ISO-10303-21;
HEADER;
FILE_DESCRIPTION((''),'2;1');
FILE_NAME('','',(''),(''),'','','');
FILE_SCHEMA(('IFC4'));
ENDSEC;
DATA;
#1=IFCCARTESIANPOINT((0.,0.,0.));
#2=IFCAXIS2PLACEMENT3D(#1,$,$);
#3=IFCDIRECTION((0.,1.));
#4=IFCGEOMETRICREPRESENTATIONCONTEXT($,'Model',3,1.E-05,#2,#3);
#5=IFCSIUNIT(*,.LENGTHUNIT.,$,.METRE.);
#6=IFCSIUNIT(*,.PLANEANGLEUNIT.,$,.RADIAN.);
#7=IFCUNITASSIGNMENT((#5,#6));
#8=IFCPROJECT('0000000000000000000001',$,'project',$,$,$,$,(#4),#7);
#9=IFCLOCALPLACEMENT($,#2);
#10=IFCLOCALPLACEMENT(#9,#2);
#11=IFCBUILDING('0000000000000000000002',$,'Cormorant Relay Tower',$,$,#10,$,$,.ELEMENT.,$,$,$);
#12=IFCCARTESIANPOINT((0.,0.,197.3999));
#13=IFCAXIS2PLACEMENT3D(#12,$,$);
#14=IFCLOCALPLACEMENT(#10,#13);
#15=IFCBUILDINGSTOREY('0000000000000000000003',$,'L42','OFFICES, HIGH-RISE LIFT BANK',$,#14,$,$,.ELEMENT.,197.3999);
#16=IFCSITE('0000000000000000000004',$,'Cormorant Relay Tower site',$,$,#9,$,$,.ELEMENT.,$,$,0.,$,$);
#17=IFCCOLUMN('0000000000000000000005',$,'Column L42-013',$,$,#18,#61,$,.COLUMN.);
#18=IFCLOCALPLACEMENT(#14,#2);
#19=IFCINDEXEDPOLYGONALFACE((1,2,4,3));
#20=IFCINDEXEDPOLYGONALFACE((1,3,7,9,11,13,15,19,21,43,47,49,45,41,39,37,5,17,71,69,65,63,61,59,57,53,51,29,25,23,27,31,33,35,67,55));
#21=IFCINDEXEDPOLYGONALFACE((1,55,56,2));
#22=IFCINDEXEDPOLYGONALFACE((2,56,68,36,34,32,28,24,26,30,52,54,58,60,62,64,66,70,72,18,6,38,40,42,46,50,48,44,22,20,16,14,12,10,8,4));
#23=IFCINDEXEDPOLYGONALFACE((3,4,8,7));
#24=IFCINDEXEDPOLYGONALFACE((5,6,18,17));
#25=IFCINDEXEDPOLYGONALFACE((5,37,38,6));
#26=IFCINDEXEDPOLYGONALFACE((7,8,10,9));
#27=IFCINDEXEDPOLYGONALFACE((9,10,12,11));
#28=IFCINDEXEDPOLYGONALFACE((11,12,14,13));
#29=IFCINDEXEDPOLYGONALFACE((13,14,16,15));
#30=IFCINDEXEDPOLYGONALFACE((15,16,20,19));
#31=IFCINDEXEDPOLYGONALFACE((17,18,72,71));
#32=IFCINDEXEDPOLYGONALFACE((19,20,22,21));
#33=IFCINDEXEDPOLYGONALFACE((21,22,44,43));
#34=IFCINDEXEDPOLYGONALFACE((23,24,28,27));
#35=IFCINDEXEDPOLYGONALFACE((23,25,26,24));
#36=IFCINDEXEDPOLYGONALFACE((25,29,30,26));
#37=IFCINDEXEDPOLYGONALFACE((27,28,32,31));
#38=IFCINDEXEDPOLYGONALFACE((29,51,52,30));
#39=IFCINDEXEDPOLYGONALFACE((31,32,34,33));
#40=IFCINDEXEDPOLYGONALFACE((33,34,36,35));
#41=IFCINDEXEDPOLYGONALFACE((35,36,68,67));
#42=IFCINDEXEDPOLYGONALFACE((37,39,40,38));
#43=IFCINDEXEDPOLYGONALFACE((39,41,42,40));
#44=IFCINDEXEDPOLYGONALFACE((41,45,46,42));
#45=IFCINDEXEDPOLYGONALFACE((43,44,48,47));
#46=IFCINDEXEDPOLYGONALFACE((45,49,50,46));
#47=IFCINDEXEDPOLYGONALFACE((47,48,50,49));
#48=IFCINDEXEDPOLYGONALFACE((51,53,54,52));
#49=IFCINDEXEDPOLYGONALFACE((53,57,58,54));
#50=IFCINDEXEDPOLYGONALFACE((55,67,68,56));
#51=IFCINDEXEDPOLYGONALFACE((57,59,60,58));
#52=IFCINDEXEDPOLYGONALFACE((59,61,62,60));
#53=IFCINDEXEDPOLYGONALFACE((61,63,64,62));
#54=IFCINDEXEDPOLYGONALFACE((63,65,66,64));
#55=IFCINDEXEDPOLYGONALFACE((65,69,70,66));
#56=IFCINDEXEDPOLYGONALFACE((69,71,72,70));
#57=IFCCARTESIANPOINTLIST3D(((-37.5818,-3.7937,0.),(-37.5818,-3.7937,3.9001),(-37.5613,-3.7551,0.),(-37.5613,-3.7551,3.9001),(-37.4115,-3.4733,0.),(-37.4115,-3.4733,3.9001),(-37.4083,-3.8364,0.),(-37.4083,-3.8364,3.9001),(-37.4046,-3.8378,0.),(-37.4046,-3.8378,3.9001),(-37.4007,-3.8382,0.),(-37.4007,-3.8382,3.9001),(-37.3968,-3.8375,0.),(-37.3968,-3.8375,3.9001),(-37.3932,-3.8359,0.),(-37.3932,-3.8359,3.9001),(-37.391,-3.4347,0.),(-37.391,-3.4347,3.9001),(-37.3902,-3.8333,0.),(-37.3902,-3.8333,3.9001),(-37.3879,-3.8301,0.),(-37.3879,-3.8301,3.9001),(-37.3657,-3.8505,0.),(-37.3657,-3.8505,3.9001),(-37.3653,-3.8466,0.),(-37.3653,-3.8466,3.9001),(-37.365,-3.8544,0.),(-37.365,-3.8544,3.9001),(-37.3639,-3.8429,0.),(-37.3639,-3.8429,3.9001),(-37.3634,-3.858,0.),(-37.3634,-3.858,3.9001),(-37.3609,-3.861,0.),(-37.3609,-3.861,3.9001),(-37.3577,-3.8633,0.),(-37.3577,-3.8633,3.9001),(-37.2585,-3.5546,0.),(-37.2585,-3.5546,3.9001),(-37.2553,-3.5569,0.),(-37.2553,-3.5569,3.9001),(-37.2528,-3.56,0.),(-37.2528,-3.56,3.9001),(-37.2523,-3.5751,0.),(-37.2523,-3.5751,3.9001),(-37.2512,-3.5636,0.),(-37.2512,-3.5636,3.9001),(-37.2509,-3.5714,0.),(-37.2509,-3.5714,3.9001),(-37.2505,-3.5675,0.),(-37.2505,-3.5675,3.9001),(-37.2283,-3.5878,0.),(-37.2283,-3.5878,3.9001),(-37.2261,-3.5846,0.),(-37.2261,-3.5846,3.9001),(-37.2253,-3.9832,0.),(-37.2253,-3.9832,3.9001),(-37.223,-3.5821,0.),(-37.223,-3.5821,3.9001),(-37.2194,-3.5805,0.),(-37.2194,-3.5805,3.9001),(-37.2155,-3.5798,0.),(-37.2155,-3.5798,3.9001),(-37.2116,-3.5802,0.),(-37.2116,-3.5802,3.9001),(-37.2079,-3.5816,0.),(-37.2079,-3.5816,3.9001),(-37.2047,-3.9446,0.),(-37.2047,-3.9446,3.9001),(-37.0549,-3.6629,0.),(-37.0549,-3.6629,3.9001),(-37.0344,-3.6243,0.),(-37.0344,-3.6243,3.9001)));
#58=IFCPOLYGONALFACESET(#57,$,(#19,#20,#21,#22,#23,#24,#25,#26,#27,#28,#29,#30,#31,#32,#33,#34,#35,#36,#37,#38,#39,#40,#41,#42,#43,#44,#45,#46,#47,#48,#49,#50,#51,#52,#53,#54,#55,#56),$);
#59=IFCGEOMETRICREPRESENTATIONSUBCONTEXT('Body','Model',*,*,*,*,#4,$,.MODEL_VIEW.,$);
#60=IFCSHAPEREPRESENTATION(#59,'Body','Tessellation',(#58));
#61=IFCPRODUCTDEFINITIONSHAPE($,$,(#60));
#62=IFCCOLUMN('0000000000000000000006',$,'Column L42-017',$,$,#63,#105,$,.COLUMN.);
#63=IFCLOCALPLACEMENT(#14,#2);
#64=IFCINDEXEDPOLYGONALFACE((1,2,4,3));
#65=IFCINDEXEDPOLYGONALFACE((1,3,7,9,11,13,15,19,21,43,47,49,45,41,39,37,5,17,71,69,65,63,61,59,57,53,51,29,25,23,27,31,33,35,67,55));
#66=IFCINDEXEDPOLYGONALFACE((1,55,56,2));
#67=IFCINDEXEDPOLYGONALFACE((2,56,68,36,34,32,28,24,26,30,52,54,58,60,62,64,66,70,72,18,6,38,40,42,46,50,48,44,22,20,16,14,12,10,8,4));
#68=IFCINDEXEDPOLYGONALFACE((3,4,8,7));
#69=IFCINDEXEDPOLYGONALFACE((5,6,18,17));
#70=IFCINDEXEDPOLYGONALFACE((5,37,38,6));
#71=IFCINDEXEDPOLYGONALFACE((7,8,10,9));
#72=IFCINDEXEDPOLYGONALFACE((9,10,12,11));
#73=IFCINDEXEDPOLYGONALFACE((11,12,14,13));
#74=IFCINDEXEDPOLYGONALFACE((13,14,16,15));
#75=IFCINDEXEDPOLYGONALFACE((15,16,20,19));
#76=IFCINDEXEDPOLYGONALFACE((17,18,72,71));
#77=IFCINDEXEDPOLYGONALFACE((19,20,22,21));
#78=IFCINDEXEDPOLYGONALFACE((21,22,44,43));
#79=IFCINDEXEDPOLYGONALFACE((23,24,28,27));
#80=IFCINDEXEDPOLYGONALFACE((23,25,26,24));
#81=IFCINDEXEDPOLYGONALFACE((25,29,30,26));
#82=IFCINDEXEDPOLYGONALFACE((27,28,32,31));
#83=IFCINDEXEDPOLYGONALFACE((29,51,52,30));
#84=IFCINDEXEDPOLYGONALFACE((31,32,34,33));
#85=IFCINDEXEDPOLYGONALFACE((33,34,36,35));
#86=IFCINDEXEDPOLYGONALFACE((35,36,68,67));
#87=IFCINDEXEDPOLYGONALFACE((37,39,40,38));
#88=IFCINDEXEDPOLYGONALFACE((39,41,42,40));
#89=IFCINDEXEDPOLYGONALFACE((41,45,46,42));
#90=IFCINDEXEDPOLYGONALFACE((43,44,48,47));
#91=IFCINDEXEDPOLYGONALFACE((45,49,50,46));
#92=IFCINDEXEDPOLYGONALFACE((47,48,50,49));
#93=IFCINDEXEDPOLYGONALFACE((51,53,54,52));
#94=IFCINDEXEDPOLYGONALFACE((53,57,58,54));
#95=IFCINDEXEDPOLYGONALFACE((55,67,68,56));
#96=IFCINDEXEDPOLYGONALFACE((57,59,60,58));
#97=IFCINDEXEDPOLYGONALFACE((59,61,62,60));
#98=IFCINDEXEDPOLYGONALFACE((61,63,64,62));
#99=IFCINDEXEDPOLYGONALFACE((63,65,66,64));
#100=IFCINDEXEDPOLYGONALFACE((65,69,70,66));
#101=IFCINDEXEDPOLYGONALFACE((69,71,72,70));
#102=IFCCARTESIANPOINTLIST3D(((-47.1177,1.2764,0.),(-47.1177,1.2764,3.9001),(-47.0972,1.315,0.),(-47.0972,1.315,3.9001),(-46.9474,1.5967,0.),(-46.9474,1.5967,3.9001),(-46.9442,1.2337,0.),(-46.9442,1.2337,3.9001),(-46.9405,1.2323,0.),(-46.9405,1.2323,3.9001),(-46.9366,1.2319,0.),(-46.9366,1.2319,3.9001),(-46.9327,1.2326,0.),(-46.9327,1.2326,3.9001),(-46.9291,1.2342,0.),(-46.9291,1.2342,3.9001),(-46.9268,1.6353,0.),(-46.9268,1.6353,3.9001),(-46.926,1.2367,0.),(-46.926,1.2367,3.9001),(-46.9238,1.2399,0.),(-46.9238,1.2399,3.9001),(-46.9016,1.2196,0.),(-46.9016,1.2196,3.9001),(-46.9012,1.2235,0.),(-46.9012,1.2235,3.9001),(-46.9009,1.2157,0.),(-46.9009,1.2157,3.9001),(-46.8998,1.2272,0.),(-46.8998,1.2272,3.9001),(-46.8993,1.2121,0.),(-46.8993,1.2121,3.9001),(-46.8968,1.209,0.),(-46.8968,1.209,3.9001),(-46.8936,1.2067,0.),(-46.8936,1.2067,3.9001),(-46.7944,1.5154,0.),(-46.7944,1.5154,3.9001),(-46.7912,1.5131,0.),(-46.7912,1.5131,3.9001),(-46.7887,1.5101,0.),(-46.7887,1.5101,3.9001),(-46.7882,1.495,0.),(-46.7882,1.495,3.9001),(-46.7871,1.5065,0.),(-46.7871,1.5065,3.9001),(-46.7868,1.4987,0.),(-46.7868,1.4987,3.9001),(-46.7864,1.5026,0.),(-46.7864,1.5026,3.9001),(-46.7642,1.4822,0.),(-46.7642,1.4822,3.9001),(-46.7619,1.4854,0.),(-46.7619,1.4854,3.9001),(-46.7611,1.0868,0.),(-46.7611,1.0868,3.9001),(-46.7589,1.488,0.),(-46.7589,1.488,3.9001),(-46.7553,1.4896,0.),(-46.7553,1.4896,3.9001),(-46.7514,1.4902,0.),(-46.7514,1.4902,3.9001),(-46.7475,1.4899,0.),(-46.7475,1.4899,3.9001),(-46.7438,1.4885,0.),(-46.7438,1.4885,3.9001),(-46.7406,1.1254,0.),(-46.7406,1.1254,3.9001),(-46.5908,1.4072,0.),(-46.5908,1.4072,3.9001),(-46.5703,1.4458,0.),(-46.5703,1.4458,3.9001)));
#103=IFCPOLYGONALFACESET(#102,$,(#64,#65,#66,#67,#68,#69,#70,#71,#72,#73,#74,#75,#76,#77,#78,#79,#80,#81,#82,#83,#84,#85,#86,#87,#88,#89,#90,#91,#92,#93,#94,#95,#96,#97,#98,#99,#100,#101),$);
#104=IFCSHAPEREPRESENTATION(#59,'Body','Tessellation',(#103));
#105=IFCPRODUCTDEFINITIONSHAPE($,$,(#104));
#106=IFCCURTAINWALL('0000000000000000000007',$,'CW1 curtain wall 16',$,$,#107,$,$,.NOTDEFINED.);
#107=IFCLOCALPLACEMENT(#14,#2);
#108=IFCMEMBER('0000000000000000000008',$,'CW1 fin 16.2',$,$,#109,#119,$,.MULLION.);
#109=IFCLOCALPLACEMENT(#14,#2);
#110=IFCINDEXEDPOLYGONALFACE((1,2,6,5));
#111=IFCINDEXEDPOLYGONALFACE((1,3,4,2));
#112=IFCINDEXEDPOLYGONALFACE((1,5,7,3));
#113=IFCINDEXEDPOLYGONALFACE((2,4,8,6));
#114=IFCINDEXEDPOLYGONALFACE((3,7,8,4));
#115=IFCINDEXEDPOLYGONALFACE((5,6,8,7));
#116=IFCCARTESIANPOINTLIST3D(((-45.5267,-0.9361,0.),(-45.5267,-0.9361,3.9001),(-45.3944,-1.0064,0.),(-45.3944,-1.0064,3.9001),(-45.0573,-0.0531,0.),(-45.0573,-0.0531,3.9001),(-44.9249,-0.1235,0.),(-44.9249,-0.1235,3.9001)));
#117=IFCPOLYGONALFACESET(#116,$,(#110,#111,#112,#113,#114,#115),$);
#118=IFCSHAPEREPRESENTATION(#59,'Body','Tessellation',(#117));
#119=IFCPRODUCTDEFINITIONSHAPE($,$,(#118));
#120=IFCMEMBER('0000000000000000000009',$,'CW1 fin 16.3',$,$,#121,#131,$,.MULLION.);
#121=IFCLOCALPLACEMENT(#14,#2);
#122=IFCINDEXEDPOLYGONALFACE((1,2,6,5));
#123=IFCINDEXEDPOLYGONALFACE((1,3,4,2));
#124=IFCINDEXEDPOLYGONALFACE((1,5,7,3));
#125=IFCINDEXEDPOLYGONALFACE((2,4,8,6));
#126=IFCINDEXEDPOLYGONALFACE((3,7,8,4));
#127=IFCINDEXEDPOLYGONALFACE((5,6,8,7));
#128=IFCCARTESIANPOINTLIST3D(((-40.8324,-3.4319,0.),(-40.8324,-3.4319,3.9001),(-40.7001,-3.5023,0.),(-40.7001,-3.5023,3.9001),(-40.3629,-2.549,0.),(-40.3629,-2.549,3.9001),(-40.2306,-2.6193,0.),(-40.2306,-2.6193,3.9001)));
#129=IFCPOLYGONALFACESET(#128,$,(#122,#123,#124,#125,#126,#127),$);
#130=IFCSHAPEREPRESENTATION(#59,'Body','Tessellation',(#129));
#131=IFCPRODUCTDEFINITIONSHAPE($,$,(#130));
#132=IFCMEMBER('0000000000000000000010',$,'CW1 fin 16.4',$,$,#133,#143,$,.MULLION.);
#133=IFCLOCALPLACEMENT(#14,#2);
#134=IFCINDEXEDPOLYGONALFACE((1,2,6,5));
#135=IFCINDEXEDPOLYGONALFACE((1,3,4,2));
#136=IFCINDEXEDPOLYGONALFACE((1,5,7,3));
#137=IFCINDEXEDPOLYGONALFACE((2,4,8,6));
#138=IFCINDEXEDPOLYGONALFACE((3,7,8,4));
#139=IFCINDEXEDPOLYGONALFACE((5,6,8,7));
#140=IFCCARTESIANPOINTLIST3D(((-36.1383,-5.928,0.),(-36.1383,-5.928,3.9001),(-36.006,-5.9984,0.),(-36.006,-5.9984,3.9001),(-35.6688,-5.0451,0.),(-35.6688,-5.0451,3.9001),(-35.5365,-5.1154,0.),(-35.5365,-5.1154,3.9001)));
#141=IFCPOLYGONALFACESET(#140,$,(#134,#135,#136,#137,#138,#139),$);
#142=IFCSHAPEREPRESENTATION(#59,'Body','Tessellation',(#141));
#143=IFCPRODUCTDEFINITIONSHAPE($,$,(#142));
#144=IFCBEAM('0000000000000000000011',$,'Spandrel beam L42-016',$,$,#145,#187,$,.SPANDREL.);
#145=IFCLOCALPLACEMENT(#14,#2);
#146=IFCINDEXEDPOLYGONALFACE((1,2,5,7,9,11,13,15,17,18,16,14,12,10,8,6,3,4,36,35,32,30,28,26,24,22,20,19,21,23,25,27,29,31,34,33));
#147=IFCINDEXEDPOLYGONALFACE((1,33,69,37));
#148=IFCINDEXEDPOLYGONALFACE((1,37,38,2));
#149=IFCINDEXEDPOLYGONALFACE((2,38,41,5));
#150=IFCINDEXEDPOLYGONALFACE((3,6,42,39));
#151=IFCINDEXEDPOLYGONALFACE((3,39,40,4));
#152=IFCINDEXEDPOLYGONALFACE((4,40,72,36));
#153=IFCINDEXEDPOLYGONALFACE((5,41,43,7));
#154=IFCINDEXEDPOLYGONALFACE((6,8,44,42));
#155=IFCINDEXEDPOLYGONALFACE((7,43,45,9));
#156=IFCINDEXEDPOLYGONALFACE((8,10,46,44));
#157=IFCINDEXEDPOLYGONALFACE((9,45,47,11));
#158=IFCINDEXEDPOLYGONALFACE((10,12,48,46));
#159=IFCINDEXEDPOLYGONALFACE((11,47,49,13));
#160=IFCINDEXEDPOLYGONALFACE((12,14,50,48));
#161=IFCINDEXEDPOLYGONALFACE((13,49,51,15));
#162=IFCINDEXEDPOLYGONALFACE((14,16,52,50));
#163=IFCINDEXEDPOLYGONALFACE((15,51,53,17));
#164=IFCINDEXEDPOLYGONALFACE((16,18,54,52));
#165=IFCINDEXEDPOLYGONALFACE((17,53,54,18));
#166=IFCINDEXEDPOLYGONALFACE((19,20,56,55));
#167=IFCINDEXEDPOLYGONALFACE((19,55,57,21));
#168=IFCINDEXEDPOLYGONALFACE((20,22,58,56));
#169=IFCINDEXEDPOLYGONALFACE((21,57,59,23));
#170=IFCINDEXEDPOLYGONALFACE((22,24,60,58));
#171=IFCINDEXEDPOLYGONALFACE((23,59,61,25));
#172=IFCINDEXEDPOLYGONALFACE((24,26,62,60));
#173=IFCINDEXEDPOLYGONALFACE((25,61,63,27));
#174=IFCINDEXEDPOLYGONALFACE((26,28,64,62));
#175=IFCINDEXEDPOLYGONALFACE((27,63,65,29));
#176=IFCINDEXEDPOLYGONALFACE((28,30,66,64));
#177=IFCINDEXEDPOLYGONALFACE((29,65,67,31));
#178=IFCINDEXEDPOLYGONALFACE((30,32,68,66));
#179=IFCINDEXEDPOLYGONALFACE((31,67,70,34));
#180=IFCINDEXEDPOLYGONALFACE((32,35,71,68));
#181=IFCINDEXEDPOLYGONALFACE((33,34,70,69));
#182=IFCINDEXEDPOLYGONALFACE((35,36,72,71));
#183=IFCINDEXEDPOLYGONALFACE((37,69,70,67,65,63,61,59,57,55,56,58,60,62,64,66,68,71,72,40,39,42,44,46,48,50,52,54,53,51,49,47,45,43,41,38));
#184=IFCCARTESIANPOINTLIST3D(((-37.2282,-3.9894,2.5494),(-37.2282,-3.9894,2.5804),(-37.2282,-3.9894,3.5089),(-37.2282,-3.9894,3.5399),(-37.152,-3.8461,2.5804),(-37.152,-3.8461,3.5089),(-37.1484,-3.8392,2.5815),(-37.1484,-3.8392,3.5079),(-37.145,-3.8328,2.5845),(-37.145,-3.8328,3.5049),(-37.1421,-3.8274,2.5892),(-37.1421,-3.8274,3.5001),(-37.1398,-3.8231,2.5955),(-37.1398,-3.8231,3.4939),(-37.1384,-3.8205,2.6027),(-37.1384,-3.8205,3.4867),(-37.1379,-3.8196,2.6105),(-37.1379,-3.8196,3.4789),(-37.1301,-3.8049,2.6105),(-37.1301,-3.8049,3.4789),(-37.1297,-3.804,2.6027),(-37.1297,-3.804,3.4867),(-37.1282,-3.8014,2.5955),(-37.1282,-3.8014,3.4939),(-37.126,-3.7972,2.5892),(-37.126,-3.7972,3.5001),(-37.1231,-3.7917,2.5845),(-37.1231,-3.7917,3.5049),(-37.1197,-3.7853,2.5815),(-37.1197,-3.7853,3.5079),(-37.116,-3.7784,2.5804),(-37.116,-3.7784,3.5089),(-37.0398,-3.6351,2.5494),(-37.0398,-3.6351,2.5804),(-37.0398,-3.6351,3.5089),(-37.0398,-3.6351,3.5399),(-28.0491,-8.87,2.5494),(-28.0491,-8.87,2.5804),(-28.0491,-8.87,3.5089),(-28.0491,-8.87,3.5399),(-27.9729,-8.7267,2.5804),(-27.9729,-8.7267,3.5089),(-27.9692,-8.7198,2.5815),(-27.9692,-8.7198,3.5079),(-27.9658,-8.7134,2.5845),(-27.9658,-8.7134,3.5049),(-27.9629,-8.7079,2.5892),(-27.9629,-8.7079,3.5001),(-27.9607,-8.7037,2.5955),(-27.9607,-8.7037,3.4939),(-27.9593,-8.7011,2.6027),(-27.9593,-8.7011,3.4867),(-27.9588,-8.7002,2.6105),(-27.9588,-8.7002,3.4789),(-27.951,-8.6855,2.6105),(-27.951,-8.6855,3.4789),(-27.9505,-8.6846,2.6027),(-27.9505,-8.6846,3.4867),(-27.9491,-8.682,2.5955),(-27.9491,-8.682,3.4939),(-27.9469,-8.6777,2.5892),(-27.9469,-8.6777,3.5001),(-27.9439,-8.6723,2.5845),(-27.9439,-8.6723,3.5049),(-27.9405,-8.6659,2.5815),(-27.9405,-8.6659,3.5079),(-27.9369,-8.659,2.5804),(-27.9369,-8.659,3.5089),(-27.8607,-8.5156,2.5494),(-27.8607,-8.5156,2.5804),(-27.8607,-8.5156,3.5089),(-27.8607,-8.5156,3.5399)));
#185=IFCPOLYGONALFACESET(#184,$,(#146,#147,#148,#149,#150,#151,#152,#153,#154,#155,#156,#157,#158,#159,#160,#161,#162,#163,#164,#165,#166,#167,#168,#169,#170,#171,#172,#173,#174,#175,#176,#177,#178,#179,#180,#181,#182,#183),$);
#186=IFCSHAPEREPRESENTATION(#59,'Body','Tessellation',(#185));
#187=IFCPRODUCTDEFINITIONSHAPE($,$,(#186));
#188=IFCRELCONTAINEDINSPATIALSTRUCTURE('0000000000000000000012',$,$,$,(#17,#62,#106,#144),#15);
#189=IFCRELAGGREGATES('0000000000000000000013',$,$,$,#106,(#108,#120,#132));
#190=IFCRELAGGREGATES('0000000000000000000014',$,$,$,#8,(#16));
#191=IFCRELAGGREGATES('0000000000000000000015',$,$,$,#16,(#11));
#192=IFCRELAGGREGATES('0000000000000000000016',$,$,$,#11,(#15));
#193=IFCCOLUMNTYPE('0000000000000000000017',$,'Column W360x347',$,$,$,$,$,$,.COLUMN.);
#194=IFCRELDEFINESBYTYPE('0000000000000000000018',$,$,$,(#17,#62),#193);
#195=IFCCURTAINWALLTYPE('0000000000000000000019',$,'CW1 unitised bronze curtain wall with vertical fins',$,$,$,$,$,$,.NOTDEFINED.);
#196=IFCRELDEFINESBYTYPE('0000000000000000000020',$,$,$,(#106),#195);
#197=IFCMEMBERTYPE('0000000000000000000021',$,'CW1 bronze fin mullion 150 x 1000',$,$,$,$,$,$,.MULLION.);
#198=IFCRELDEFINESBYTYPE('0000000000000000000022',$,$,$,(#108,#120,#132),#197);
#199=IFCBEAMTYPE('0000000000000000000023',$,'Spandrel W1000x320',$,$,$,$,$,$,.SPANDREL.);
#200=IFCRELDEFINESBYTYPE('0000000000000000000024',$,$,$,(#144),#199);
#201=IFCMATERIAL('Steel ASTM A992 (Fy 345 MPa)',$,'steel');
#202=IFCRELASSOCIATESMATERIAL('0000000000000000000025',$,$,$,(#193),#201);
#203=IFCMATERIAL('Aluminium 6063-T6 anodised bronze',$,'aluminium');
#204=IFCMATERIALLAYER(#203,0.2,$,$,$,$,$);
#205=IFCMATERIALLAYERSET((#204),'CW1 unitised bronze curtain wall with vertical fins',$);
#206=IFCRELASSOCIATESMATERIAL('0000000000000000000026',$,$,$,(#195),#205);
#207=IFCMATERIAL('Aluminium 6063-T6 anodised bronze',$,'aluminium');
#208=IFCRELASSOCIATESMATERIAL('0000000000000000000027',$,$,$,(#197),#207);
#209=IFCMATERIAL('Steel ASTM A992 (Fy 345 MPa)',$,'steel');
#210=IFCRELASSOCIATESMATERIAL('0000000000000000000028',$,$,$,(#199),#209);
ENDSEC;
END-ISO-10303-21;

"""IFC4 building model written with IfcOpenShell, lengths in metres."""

from ifc_helpers import new_model, si_unit, direction, frame, origin, origin_2d, place, context, subcontext, project, spatial, rectangle, i_section, extrude, material, layer, layer_set, material_profile, profile_set, type_object, element, aggregate, save


model = new_model("IFC4")

# Units and contexts
model_context = context("Model", 3, precision=1e-05, world=origin(), true_north=direction((0.0, 1.0)))
body_context = subcontext(model_context, "Body", "Model", "MODEL_VIEW")
ifc_project = project(units=[si_unit("LENGTHUNIT", "METRE"), si_unit("PLANEANGLEUNIT", "RADIAN")], contexts=[model_context])

# Site, building, storey
site_placement = place(None, origin())
site = spatial("IfcSite", under=ifc_project, at=site_placement, Name="Cormorant Relay Tower site", CompositionType="ELEMENT", RefElevation=0.0)
building_placement = place(site_placement, origin())
building = spatial("IfcBuilding", under=site, at=building_placement, Name="Cormorant Relay Tower", CompositionType="ELEMENT")
storey_placement = place(building_placement, frame((0.0, 0.0, 197.3999)))
storey = spatial("IfcBuildingStorey", under=building, at=storey_placement, Name="L42", Description="OFFICES, HIGH-RISE LIFT BANK", CompositionType="ELEMENT", Elevation=197.3999)

# Columns
ifc_material_1 = material(Name="Steel ASTM A992 (Fy 345 MPa)", Category="steel")
ifc_material_profile_1 = material_profile(ifc_material_1, i_section(OverallWidth=0.4038, OverallDepth=0.4065, WebThickness=0.0271, FlangeThickness=0.0437, FilletRadius=0.0151, at=origin_2d()), Name="W360x347")
ifc_profile_set_1 = profile_set([ifc_material_profile_1], Name="Steel ASTM A992 (Fy 345 MPa)")
column_type = type_object("IfcColumnType", Name="Column W360x347", PredefinedType="COLUMN", material=ifc_profile_set_1)
for number, where, z_axis, x_axis, name in (
    (1, (-37.3081, -3.709, 0.0), (0.0, 0.0, 1.0), (0.882948, -0.469472, 0.0), "Column L42-013"),
    (2, (-46.844, 1.3611, 0.0), (0.0, 0.0, 1.0), (0.882948, -0.469472, 0.0), "Column L42-017"),
):
    element("IfcColumn", number, at=place(storey_placement, frame(where, z_axis=z_axis, x_axis=x_axis)), inside=storey, type_object=column_type, Name=name, PredefinedType="COLUMN", context=body_context, shape_type="SweptSolid", body=[
        extrude(i_section(OverallWidth=0.4038, OverallDepth=0.4065, WebThickness=0.0271, FlangeThickness=0.0437, FilletRadius=0.0151, at=origin_2d()), origin(), (0.0, 0.0, 1.0), 3.9001),
    ])

# Curtain wall, members
ifc_material_2 = material(Name="Aluminium 6063-T6 anodised bronze", Category="aluminium")
ifc_layer_1 = layer(ifc_material_2, 0.2)
ifc_layer_set_1 = layer_set([ifc_layer_1], Name="CW1 unitised bronze curtain wall with vertical fins")
curtain_wall_type = type_object("IfcCurtainWallType", Name="CW1 unitised bronze curtain wall with vertical fins", PredefinedType="NOTDEFINED", material=ifc_layer_set_1)
curtain_wall_placement = place(storey_placement, origin())
curtain_wall = element("IfcCurtainWall", 3, at=curtain_wall_placement, inside=storey, type_object=curtain_wall_type, Name="CW1 curtain wall 16", PredefinedType="NOTDEFINED")
ifc_material_3 = material(Name="Aluminium 6063-T6 anodised bronze", Category="aluminium")
ifc_material_profile_2 = material_profile(ifc_material_3, rectangle(XDim=0.1499, YDim=1.0, at=origin_2d()), Name="AL 150x1000")
ifc_profile_set_2 = profile_set([ifc_material_profile_2], Name="Aluminium 6063-T6 anodised bronze")
member_type = type_object("IfcMemberType", Name="CW1 bronze fin mullion 150 x 1000", PredefinedType="MULLION", material=ifc_profile_set_2)
member_1_placement = place(storey_placement, frame((-45.2258, -0.5298, 0.0), z_axis=(0.0, 0.0, 1.0), x_axis=(0.882948, -0.469472, 0.0)))
member_1 = element("IfcMember", 4, at=member_1_placement, type_object=member_type, Name="CW1 fin 16.2", PredefinedType="MULLION", context=body_context, shape_type="SweptSolid", body=[
    extrude(rectangle(XDim=0.1499, YDim=1.0, at=origin_2d()), origin(), (0.0, 0.0, 1.0), 3.9001),
])
member_2_placement = place(storey_placement, frame((-40.5315, -3.0256, 0.0), z_axis=(0.0, 0.0, 1.0), x_axis=(0.882948, -0.469472, 0.0)))
member_2 = element("IfcMember", 5, at=member_2_placement, type_object=member_type, Name="CW1 fin 16.3", PredefinedType="MULLION", context=body_context, shape_type="SweptSolid", body=[
    extrude(rectangle(XDim=0.1499, YDim=1.0, at=origin_2d()), origin(), (0.0, 0.0, 1.0), 3.9001),
])
member_3_placement = place(storey_placement, frame((-35.8374, -5.5217, 0.0), z_axis=(0.0, 0.0, 1.0), x_axis=(0.882948, -0.469472, 0.0)))
member_3 = element("IfcMember", 6, at=member_3_placement, type_object=member_type, Name="CW1 fin 16.4", PredefinedType="MULLION", context=body_context, shape_type="SweptSolid", body=[
    extrude(rectangle(XDim=0.1499, YDim=1.0, at=origin_2d()), origin(), (0.0, 0.0, 1.0), 3.9001),
])

# Beam
ifc_material_4 = material(Name="Steel ASTM A992 (Fy 345 MPa)", Category="steel")
ifc_material_profile_3 = material_profile(ifc_material_4, i_section(OverallWidth=0.4014, OverallDepth=0.9905, WebThickness=0.0166, FlangeThickness=0.031, FilletRadius=0.03, at=origin_2d()), Name="W1000x320")
ifc_profile_set_3 = profile_set([ifc_material_profile_3], Name="Steel ASTM A992 (Fy 345 MPa)")
beam_type_1 = type_object("IfcBeamType", Name="Spandrel W1000x320", PredefinedType="SPANDREL", material=ifc_profile_set_3)
beam_1_placement = place(storey_placement, frame((-37.134, -3.8123, 3.0447), z_axis=(0.88295, -0.469468, 0.0), x_axis=(0.469468, 0.88295, 0.0)))
element("IfcBeam", 7, at=beam_1_placement, inside=storey, type_object=beam_type_1, Name="Spandrel beam L42-016", PredefinedType="SPANDREL", context=body_context, shape_type="SweptSolid", body=[
    extrude(i_section(OverallWidth=0.4014, OverallDepth=0.9905, WebThickness=0.0166, FlangeThickness=0.031, FilletRadius=0.03, at=origin_2d()), origin(), (0.0, 0.0, 1.0), 10.396),
])

aggregate(curtain_wall, [member_1, member_2, member_3])

save(model, "model.ifc")
